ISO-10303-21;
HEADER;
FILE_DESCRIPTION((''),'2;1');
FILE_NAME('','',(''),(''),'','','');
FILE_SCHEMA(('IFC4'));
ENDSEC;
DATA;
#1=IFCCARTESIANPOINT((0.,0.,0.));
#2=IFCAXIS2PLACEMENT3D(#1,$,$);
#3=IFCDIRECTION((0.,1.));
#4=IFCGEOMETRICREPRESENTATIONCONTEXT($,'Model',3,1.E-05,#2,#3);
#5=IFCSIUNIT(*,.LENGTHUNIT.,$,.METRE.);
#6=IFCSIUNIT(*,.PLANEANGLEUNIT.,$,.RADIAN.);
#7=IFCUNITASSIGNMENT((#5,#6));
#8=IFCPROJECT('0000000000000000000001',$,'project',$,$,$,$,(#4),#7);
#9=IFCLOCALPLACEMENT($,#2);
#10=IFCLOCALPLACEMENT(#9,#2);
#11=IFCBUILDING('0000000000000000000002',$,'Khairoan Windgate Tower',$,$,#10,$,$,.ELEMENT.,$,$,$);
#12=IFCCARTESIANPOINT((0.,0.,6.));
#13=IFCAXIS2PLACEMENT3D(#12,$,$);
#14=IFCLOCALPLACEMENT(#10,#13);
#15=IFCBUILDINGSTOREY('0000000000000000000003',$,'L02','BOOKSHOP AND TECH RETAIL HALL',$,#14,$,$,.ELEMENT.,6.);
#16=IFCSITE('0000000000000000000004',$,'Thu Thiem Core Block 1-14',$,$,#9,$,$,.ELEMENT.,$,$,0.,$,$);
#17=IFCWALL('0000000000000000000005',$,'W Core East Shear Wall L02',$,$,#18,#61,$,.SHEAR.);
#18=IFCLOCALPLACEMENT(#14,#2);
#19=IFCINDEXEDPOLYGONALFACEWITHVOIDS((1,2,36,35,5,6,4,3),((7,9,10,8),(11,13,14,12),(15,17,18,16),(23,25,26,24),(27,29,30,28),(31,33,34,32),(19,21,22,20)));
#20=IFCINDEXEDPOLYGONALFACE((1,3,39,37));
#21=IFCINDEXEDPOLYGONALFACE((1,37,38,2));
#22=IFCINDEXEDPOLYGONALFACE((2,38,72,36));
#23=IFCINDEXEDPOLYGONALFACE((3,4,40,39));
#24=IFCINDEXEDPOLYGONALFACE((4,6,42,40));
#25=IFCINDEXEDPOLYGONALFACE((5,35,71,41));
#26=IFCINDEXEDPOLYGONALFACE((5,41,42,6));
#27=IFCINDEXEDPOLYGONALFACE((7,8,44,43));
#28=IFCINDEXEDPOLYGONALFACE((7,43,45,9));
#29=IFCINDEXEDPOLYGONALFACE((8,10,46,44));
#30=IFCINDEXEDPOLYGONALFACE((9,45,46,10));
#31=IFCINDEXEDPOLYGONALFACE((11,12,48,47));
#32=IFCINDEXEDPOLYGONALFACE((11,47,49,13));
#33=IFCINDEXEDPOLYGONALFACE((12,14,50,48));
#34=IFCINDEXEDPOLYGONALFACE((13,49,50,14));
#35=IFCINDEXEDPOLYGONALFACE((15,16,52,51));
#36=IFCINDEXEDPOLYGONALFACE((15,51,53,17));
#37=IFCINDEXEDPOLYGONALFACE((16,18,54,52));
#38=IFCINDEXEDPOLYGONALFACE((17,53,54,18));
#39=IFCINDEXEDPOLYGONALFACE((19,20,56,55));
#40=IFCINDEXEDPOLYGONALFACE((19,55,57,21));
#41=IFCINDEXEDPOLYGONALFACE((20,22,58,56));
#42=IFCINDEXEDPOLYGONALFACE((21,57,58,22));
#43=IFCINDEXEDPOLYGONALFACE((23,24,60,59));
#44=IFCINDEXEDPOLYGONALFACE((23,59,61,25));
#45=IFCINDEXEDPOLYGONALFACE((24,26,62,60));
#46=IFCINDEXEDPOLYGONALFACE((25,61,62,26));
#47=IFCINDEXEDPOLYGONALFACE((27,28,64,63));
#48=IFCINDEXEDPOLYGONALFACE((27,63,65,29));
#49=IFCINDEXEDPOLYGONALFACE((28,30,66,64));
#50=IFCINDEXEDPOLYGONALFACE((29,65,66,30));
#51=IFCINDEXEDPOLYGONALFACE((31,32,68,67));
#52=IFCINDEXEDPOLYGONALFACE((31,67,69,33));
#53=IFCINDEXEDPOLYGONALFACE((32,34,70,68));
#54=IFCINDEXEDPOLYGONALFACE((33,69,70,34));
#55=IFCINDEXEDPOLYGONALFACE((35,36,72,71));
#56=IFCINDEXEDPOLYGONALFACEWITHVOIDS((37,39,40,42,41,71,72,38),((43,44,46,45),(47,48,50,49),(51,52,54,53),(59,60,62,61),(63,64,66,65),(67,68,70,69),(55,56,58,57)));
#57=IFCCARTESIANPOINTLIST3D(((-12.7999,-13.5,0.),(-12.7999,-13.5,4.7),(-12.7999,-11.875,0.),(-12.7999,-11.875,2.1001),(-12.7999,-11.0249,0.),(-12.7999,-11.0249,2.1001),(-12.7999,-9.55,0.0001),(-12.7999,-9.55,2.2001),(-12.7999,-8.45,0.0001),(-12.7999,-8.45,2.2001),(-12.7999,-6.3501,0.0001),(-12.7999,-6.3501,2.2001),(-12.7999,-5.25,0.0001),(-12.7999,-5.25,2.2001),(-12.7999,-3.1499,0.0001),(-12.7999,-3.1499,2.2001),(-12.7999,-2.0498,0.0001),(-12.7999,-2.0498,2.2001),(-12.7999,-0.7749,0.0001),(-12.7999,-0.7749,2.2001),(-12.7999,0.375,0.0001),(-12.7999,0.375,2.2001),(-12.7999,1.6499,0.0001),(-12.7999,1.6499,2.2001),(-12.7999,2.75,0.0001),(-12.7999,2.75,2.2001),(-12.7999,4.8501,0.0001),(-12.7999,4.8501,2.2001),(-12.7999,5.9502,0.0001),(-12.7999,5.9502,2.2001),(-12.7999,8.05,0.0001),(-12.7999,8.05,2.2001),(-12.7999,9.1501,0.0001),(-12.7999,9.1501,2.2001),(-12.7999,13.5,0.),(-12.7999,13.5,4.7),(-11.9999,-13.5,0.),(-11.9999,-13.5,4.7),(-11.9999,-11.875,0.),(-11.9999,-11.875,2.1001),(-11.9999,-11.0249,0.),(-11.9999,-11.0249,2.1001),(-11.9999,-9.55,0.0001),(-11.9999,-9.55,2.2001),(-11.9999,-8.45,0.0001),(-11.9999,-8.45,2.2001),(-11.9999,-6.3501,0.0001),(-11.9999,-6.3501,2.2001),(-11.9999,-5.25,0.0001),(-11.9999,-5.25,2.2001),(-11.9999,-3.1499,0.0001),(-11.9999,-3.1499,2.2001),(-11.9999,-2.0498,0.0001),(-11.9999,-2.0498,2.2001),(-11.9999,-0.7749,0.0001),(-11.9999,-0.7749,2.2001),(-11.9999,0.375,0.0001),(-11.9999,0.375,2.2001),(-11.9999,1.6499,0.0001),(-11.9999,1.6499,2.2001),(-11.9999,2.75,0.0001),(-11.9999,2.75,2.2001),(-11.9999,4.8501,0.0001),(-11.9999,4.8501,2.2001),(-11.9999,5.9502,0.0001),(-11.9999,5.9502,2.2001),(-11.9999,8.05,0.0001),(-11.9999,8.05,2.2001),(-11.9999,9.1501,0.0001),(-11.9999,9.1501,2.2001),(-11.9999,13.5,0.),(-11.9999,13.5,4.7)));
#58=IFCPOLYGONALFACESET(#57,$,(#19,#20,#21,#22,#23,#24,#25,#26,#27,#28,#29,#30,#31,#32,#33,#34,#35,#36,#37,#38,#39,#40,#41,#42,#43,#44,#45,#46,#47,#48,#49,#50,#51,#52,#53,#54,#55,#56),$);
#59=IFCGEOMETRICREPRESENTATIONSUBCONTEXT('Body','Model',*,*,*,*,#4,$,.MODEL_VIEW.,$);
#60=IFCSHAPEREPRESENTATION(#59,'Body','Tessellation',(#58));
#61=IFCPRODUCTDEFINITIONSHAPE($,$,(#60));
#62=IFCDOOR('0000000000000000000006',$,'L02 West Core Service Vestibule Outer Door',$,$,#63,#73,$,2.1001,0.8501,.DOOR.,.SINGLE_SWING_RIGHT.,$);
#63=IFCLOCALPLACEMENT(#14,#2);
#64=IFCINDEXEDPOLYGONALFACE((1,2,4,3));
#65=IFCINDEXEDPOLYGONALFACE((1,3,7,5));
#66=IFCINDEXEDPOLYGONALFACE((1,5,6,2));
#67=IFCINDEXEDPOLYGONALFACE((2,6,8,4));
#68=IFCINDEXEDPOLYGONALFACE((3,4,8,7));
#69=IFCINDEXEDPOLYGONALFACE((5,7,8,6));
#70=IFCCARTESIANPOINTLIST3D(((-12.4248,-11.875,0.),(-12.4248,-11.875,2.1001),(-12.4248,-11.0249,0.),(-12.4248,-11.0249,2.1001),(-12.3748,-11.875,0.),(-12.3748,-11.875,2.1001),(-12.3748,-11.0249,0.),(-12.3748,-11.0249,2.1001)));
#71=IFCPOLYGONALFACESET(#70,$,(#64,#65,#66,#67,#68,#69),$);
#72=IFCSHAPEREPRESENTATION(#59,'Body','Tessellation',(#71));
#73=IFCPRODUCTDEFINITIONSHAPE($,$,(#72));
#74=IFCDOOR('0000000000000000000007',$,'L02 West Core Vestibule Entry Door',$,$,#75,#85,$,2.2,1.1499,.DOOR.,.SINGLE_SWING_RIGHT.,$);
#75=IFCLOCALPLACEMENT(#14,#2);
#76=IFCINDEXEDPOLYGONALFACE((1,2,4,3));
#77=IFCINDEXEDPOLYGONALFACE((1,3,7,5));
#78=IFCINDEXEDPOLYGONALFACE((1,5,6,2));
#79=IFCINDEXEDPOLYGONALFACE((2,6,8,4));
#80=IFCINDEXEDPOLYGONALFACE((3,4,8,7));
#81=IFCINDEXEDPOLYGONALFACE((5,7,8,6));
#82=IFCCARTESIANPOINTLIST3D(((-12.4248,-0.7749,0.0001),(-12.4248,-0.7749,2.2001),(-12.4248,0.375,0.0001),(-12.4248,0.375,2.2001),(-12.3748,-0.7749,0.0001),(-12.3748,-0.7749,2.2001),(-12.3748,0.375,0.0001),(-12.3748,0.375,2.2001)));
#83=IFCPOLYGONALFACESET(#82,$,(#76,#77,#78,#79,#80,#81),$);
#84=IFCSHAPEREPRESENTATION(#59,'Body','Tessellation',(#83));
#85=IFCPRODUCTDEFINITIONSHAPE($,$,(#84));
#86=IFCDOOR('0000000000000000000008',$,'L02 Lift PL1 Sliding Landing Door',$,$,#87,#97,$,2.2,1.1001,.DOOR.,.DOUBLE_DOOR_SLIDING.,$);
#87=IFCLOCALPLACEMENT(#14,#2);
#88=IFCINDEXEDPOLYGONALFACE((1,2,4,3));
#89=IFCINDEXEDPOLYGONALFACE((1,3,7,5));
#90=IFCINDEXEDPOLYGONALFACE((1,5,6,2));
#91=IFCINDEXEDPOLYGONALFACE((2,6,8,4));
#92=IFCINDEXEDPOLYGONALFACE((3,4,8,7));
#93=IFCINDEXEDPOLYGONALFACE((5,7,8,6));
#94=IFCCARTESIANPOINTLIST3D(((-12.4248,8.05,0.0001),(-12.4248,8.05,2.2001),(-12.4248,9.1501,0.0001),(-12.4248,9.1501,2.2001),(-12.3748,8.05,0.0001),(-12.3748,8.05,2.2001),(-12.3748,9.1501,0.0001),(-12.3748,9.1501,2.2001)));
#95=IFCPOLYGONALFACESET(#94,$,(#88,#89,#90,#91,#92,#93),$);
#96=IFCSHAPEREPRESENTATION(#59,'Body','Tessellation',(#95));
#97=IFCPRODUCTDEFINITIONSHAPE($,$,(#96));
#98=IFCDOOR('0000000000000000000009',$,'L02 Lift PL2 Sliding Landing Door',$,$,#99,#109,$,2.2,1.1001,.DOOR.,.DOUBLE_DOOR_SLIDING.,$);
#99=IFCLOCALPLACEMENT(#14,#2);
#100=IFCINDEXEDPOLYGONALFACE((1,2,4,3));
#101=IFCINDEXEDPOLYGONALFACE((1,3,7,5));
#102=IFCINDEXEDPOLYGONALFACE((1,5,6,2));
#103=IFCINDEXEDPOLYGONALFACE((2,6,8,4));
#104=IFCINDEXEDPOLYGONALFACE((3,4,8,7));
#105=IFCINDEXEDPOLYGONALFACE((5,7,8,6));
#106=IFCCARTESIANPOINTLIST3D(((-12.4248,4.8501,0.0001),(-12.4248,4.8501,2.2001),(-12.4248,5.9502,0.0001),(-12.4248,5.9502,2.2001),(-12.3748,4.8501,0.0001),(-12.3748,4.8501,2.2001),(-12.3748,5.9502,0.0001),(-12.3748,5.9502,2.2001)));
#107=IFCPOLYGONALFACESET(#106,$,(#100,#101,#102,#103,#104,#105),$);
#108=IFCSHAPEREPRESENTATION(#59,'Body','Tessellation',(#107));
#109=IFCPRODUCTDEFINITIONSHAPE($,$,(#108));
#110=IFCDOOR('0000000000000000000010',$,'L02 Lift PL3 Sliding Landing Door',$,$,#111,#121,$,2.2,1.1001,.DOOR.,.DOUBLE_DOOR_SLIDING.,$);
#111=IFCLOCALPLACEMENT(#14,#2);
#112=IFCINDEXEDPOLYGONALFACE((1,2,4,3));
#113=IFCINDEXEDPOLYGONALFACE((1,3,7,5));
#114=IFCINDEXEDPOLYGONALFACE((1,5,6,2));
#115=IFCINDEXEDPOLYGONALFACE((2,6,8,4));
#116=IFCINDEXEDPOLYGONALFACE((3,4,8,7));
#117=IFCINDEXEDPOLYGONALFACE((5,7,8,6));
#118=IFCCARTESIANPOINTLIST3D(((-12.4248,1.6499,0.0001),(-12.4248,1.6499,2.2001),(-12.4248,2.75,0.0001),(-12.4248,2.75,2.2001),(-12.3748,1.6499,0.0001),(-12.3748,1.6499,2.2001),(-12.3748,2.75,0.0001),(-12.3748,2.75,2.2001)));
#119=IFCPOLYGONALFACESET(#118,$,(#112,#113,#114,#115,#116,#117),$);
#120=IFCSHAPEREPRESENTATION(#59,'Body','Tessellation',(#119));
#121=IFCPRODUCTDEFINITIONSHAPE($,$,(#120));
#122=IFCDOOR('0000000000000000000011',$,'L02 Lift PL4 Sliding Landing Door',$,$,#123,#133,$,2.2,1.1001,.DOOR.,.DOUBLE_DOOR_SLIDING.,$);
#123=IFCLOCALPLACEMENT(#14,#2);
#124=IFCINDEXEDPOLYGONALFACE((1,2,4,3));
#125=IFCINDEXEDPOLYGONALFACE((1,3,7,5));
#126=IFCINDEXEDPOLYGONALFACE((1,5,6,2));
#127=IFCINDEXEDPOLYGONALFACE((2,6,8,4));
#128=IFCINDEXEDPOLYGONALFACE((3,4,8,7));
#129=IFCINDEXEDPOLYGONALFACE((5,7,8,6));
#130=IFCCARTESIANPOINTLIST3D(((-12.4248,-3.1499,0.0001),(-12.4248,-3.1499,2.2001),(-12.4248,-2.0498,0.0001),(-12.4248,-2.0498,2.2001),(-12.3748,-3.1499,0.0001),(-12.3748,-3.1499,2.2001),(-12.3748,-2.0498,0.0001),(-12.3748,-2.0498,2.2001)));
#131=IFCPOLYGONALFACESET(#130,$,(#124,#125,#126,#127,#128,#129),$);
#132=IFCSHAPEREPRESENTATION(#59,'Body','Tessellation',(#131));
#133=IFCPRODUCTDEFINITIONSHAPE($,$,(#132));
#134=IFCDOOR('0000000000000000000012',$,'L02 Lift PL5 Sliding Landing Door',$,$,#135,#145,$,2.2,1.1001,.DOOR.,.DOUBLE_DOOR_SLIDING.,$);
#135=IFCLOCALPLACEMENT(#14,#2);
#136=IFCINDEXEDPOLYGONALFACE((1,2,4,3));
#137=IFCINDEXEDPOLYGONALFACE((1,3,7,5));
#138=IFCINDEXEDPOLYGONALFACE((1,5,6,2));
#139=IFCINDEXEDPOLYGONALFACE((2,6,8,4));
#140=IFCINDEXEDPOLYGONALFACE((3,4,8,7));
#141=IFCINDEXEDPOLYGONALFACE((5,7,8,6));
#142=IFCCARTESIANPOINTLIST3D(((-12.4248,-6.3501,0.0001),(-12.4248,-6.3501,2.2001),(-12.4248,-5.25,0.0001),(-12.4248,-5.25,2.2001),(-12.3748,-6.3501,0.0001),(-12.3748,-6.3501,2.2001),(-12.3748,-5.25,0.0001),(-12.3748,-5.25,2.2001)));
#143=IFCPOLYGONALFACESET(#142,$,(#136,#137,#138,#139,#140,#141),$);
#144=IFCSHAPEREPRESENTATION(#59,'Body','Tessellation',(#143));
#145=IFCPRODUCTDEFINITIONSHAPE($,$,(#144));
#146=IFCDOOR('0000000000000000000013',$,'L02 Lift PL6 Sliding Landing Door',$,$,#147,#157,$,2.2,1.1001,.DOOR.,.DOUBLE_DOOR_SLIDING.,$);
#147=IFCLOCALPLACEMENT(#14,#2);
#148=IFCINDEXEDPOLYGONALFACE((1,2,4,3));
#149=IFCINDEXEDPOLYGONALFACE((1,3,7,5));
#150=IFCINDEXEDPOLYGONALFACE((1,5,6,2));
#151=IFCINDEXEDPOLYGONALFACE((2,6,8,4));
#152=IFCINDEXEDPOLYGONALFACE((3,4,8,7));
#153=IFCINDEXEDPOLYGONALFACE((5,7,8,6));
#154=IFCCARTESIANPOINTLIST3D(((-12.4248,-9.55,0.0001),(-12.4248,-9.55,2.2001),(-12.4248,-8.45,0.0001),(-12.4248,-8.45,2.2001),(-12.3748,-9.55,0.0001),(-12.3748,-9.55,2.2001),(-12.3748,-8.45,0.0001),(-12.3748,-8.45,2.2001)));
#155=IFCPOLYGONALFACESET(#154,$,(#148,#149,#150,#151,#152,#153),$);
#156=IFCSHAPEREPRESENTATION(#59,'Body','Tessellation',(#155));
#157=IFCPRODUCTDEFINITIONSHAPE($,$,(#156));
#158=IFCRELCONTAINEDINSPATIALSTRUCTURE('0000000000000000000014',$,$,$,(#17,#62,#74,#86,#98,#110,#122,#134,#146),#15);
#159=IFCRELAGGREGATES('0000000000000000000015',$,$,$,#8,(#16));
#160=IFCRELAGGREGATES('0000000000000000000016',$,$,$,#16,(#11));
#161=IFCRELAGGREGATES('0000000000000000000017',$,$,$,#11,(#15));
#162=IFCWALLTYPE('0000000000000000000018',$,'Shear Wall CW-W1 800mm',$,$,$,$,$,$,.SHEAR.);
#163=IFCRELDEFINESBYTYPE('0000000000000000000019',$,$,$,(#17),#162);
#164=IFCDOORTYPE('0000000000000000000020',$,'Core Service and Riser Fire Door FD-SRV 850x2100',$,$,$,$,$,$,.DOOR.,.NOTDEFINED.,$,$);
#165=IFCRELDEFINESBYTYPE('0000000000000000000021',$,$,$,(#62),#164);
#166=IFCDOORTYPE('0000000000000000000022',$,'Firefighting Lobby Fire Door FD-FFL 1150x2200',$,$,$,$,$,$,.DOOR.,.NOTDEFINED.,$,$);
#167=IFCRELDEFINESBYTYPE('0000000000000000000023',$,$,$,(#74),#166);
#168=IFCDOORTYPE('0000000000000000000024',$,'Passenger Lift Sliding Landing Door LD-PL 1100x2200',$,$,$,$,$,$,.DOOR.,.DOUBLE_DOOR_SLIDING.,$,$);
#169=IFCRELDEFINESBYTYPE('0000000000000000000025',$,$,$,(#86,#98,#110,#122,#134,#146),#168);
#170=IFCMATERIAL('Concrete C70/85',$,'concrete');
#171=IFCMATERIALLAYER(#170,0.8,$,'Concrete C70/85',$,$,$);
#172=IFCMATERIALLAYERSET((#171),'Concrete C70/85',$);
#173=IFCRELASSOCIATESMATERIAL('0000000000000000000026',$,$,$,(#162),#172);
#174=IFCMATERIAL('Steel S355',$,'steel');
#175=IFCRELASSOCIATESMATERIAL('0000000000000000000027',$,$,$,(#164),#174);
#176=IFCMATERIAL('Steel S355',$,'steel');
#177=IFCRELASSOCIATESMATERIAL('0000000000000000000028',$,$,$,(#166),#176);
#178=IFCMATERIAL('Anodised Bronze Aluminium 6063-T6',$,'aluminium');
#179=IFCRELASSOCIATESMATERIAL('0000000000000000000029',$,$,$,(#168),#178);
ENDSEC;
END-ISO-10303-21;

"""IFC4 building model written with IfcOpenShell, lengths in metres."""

from ifc_helpers import new_model, si_unit, direction, frame, frame_2d, origin, place, context, subcontext, project, spatial, rectangle, extrude, material, layer, layer_set, type_object, element, fill, save


model = new_model("IFC4")

# Units and contexts
model_context = context("Model", 3, precision=1e-05, world=origin(), true_north=direction((0.0, 1.0)))
body_context = subcontext(model_context, "Body", "Model", "MODEL_VIEW")
ifc_project = project(units=[si_unit("LENGTHUNIT", "METRE"), si_unit("PLANEANGLEUNIT", "RADIAN")], contexts=[model_context])

# Site, building, storey
site_placement = place(None, origin())
site = spatial("IfcSite", under=ifc_project, at=site_placement, Name="Thu Thiem Core Block 1-14", CompositionType="ELEMENT", RefElevation=0.0)
building_placement = place(site_placement, origin())
building = spatial("IfcBuilding", under=site, at=building_placement, Name="Khairoan Windgate Tower", CompositionType="ELEMENT")
storey_placement = place(building_placement, frame((0.0, 0.0, 6.0)))
storey = spatial("IfcBuildingStorey", under=building, at=storey_placement, Name="L02", Description="BOOKSHOP AND TECH RETAIL HALL", CompositionType="ELEMENT", Elevation=6.0)

# Wall, openings, doors
ifc_material_1 = material(Name="Concrete C70/85", Category="concrete")
ifc_layer_1 = layer(ifc_material_1, 0.8, Name="Concrete C70/85")
ifc_layer_set_1 = layer_set([ifc_layer_1], Name="Concrete C70/85")
wall_type_1 = type_object("IfcWallType", Name="Shear Wall CW-W1 800mm", PredefinedType="SHEAR", material=ifc_layer_set_1)
wall_1_placement = place(storey_placement, frame((-12.3999, -13.5, 0.0), z_axis=(0.0, 0.0, 1.0), x_axis=(0.0, 1.0, 0.0)))
wall_1 = element("IfcWall", 1, at=wall_1_placement, inside=storey, type_object=wall_type_1, Name="W Core East Shear Wall L02", PredefinedType="SHEAR", context=body_context, shape_type="SweptSolid", body=[
    extrude(rectangle(XDim=27.0, YDim=0.8, at=frame_2d((13.5, 0.0))), origin(), (0.0, 0.0, 1.0), 4.7),
])
opening_1_placement = place(wall_1_placement, frame((21.55, 0.0, 0.0)))
opening_1 = element("IfcOpeningElement", 2, at=opening_1_placement, cuts=wall_1, PredefinedType="OPENING", context=body_context, shape_type="SweptSolid", body=[
    extrude(rectangle(XDim=1.1001, YDim=2.2, at=frame_2d((0.55, 1.1001))), frame((0.0, 0.4099, 0.0), z_axis=(0.0, -1.0, 0.0), x_axis=(1.0, 0.0, 0.0)), (0.0, 0.0, 1.0), 0.8201),
])
opening_2_placement = place(wall_1_placement, frame((18.3501, 0.0, 0.0)))
opening_2 = element("IfcOpeningElement", 3, at=opening_2_placement, cuts=wall_1, PredefinedType="OPENING", context=body_context, shape_type="SweptSolid", body=[
    extrude(rectangle(XDim=1.1001, YDim=2.2, at=frame_2d((0.55, 1.1001))), frame((0.0, 0.4099, 0.0), z_axis=(0.0, -1.0, 0.0), x_axis=(1.0, 0.0, 0.0)), (0.0, 0.0, 1.0), 0.8201),
])
opening_3_placement = place(wall_1_placement, frame((15.1499, 0.0, 0.0)))
opening_3 = element("IfcOpeningElement", 4, at=opening_3_placement, cuts=wall_1, PredefinedType="OPENING", context=body_context, shape_type="SweptSolid", body=[
    extrude(rectangle(XDim=1.1001, YDim=2.2, at=frame_2d((0.55, 1.1001))), frame((0.0, 0.4099, 0.0), z_axis=(0.0, -1.0, 0.0), x_axis=(1.0, 0.0, 0.0)), (0.0, 0.0, 1.0), 0.8201),
])
opening_4_placement = place(wall_1_placement, frame((10.3501, 0.0, 0.0)))
opening_4 = element("IfcOpeningElement", 5, at=opening_4_placement, cuts=wall_1, PredefinedType="OPENING", context=body_context, shape_type="SweptSolid", body=[
    extrude(rectangle(XDim=1.1001, YDim=2.2, at=frame_2d((0.55, 1.1001))), frame((0.0, 0.4099, 0.0), z_axis=(0.0, -1.0, 0.0), x_axis=(1.0, 0.0, 0.0)), (0.0, 0.0, 1.0), 0.8201),
])
opening_5_placement = place(wall_1_placement, frame((7.1499, 0.0, 0.0)))
opening_5 = element("IfcOpeningElement", 6, at=opening_5_placement, cuts=wall_1, PredefinedType="OPENING", context=body_context, shape_type="SweptSolid", body=[
    extrude(rectangle(XDim=1.1001, YDim=2.2, at=frame_2d((0.55, 1.1001))), frame((0.0, 0.4099, 0.0), z_axis=(0.0, -1.0, 0.0), x_axis=(1.0, 0.0, 0.0)), (0.0, 0.0, 1.0), 0.8201),
])
opening_6_placement = place(wall_1_placement, frame((3.95, 0.0, 0.0)))
opening_6 = element("IfcOpeningElement", 7, at=opening_6_placement, cuts=wall_1, PredefinedType="OPENING", context=body_context, shape_type="SweptSolid", body=[
    extrude(rectangle(XDim=1.1001, YDim=2.2, at=frame_2d((0.55, 1.1001))), frame((0.0, 0.4099, 0.0), z_axis=(0.0, -1.0, 0.0), x_axis=(1.0, 0.0, 0.0)), (0.0, 0.0, 1.0), 0.8201),
])
opening_7_placement = place(wall_1_placement, frame((12.7251, 0.0, 0.0)))
opening_7 = element("IfcOpeningElement", 8, at=opening_7_placement, cuts=wall_1, PredefinedType="OPENING", context=body_context, shape_type="SweptSolid", body=[
    extrude(rectangle(XDim=1.1499, YDim=2.2, at=frame_2d((0.575, 1.1001))), frame((0.0, 0.4099, 0.0), z_axis=(0.0, -1.0, 0.0), x_axis=(1.0, 0.0, 0.0)), (0.0, 0.0, 1.0), 0.8201),
])
opening_8_placement = place(wall_1_placement, frame((1.625, 0.0, 0.0)))
opening_8 = element("IfcOpeningElement", 9, at=opening_8_placement, cuts=wall_1, PredefinedType="OPENING", context=body_context, shape_type="SweptSolid", body=[
    extrude(rectangle(XDim=0.8501, YDim=2.1001, at=frame_2d((0.425, 1.05))), frame((0.0, 0.4099, 0.0), z_axis=(0.0, -1.0, 0.0), x_axis=(1.0, 0.0, 0.0)), (0.0, 0.0, 1.0), 0.8201),
])
ifc_material_2 = material(Name="Steel S355", Category="steel")
door_type_1 = type_object("IfcDoorType", Name="Core Service and Riser Fire Door FD-SRV 850x2100", OperationType="NOTDEFINED", PredefinedType="DOOR", material=ifc_material_2)
door_1_placement = place(opening_8_placement, origin())
door_1 = element("IfcDoor", 10, at=door_1_placement, inside=storey, type_object=door_type_1, Name="L02 West Core Service Vestibule Outer Door", OperationType="SINGLE_SWING_RIGHT", OverallHeight=2.1001, OverallWidth=0.8501, PredefinedType="DOOR", context=body_context, shape_type="SweptSolid", body=[
    extrude(rectangle(XDim=0.8501, YDim=2.1001, at=frame_2d((0.425, 1.05))), frame((0.0, 0.0249, 0.0), z_axis=(0.0, -1.0, 0.0), x_axis=(1.0, 0.0, 0.0)), (0.0, 0.0, 1.0), 0.05),
])
fill(opening_8, door_1)
ifc_material_3 = material(Name="Steel S355", Category="steel")
door_type_2 = type_object("IfcDoorType", Name="Firefighting Lobby Fire Door FD-FFL 1150x2200", OperationType="NOTDEFINED", PredefinedType="DOOR", material=ifc_material_3)
door_2_placement = place(opening_7_placement, origin())
door_2 = element("IfcDoor", 11, at=door_2_placement, inside=storey, type_object=door_type_2, Name="L02 West Core Vestibule Entry Door", OperationType="SINGLE_SWING_RIGHT", OverallHeight=2.2, OverallWidth=1.1499, PredefinedType="DOOR", context=body_context, shape_type="SweptSolid", body=[
    extrude(rectangle(XDim=1.1499, YDim=2.2, at=frame_2d((0.575, 1.1001))), frame((0.0, 0.0249, 0.0), z_axis=(0.0, -1.0, 0.0), x_axis=(1.0, 0.0, 0.0)), (0.0, 0.0, 1.0), 0.05),
])
fill(opening_7, door_2)
ifc_material_4 = material(Name="Anodised Bronze Aluminium 6063-T6", Category="aluminium")
door_type_3 = type_object("IfcDoorType", Name="Passenger Lift Sliding Landing Door LD-PL 1100x2200", OperationType="DOUBLE_DOOR_SLIDING", PredefinedType="DOOR", material=ifc_material_4)
door_3_placement = place(opening_1_placement, origin())
door_3 = element("IfcDoor", 12, at=door_3_placement, inside=storey, type_object=door_type_3, Name="L02 Lift PL1 Sliding Landing Door", OperationType="DOUBLE_DOOR_SLIDING", OverallHeight=2.2, OverallWidth=1.1001, PredefinedType="DOOR", context=body_context, shape_type="SweptSolid", body=[
    extrude(rectangle(XDim=1.1001, YDim=2.2, at=frame_2d((0.55, 1.1001))), frame((0.0, 0.0249, 0.0), z_axis=(0.0, -1.0, 0.0), x_axis=(1.0, 0.0, 0.0)), (0.0, 0.0, 1.0), 0.05),
])
fill(opening_1, door_3)
door_4_placement = place(opening_2_placement, origin())
door_4 = element("IfcDoor", 13, at=door_4_placement, inside=storey, type_object=door_type_3, Name="L02 Lift PL2 Sliding Landing Door", OperationType="DOUBLE_DOOR_SLIDING", OverallHeight=2.2, OverallWidth=1.1001, PredefinedType="DOOR", context=body_context, shape_type="SweptSolid", body=[
    extrude(rectangle(XDim=1.1001, YDim=2.2, at=frame_2d((0.55, 1.1001))), frame((0.0, 0.0249, 0.0), z_axis=(0.0, -1.0, 0.0), x_axis=(1.0, 0.0, 0.0)), (0.0, 0.0, 1.0), 0.05),
])
fill(opening_2, door_4)
door_5_placement = place(opening_3_placement, origin())
door_5 = element("IfcDoor", 14, at=door_5_placement, inside=storey, type_object=door_type_3, Name="L02 Lift PL3 Sliding Landing Door", OperationType="DOUBLE_DOOR_SLIDING", OverallHeight=2.2, OverallWidth=1.1001, PredefinedType="DOOR", context=body_context, shape_type="SweptSolid", body=[
    extrude(rectangle(XDim=1.1001, YDim=2.2, at=frame_2d((0.55, 1.1001))), frame((0.0, 0.0249, 0.0), z_axis=(0.0, -1.0, 0.0), x_axis=(1.0, 0.0, 0.0)), (0.0, 0.0, 1.0), 0.05),
])
fill(opening_3, door_5)
door_6_placement = place(opening_4_placement, origin())
door_6 = element("IfcDoor", 15, at=door_6_placement, inside=storey, type_object=door_type_3, Name="L02 Lift PL4 Sliding Landing Door", OperationType="DOUBLE_DOOR_SLIDING", OverallHeight=2.2, OverallWidth=1.1001, PredefinedType="DOOR", context=body_context, shape_type="SweptSolid", body=[
    extrude(rectangle(XDim=1.1001, YDim=2.2, at=frame_2d((0.55, 1.1001))), frame((0.0, 0.0249, 0.0), z_axis=(0.0, -1.0, 0.0), x_axis=(1.0, 0.0, 0.0)), (0.0, 0.0, 1.0), 0.05),
])
fill(opening_4, door_6)
door_7_placement = place(opening_5_placement, origin())
door_7 = element("IfcDoor", 16, at=door_7_placement, inside=storey, type_object=door_type_3, Name="L02 Lift PL5 Sliding Landing Door", OperationType="DOUBLE_DOOR_SLIDING", OverallHeight=2.2, OverallWidth=1.1001, PredefinedType="DOOR", context=body_context, shape_type="SweptSolid", body=[
    extrude(rectangle(XDim=1.1001, YDim=2.2, at=frame_2d((0.55, 1.1001))), frame((0.0, 0.0249, 0.0), z_axis=(0.0, -1.0, 0.0), x_axis=(1.0, 0.0, 0.0)), (0.0, 0.0, 1.0), 0.05),
])
fill(opening_5, door_7)
door_8_placement = place(opening_6_placement, origin())
door_8 = element("IfcDoor", 17, at=door_8_placement, inside=storey, type_object=door_type_3, Name="L02 Lift PL6 Sliding Landing Door", OperationType="DOUBLE_DOOR_SLIDING", OverallHeight=2.2, OverallWidth=1.1001, PredefinedType="DOOR", context=body_context, shape_type="SweptSolid", body=[
    extrude(rectangle(XDim=1.1001, YDim=2.2, at=frame_2d((0.55, 1.1001))), frame((0.0, 0.0249, 0.0), z_axis=(0.0, -1.0, 0.0), x_axis=(1.0, 0.0, 0.0)), (0.0, 0.0, 1.0), 0.05),
])
fill(opening_6, door_8)

save(model, "model.ifc")
